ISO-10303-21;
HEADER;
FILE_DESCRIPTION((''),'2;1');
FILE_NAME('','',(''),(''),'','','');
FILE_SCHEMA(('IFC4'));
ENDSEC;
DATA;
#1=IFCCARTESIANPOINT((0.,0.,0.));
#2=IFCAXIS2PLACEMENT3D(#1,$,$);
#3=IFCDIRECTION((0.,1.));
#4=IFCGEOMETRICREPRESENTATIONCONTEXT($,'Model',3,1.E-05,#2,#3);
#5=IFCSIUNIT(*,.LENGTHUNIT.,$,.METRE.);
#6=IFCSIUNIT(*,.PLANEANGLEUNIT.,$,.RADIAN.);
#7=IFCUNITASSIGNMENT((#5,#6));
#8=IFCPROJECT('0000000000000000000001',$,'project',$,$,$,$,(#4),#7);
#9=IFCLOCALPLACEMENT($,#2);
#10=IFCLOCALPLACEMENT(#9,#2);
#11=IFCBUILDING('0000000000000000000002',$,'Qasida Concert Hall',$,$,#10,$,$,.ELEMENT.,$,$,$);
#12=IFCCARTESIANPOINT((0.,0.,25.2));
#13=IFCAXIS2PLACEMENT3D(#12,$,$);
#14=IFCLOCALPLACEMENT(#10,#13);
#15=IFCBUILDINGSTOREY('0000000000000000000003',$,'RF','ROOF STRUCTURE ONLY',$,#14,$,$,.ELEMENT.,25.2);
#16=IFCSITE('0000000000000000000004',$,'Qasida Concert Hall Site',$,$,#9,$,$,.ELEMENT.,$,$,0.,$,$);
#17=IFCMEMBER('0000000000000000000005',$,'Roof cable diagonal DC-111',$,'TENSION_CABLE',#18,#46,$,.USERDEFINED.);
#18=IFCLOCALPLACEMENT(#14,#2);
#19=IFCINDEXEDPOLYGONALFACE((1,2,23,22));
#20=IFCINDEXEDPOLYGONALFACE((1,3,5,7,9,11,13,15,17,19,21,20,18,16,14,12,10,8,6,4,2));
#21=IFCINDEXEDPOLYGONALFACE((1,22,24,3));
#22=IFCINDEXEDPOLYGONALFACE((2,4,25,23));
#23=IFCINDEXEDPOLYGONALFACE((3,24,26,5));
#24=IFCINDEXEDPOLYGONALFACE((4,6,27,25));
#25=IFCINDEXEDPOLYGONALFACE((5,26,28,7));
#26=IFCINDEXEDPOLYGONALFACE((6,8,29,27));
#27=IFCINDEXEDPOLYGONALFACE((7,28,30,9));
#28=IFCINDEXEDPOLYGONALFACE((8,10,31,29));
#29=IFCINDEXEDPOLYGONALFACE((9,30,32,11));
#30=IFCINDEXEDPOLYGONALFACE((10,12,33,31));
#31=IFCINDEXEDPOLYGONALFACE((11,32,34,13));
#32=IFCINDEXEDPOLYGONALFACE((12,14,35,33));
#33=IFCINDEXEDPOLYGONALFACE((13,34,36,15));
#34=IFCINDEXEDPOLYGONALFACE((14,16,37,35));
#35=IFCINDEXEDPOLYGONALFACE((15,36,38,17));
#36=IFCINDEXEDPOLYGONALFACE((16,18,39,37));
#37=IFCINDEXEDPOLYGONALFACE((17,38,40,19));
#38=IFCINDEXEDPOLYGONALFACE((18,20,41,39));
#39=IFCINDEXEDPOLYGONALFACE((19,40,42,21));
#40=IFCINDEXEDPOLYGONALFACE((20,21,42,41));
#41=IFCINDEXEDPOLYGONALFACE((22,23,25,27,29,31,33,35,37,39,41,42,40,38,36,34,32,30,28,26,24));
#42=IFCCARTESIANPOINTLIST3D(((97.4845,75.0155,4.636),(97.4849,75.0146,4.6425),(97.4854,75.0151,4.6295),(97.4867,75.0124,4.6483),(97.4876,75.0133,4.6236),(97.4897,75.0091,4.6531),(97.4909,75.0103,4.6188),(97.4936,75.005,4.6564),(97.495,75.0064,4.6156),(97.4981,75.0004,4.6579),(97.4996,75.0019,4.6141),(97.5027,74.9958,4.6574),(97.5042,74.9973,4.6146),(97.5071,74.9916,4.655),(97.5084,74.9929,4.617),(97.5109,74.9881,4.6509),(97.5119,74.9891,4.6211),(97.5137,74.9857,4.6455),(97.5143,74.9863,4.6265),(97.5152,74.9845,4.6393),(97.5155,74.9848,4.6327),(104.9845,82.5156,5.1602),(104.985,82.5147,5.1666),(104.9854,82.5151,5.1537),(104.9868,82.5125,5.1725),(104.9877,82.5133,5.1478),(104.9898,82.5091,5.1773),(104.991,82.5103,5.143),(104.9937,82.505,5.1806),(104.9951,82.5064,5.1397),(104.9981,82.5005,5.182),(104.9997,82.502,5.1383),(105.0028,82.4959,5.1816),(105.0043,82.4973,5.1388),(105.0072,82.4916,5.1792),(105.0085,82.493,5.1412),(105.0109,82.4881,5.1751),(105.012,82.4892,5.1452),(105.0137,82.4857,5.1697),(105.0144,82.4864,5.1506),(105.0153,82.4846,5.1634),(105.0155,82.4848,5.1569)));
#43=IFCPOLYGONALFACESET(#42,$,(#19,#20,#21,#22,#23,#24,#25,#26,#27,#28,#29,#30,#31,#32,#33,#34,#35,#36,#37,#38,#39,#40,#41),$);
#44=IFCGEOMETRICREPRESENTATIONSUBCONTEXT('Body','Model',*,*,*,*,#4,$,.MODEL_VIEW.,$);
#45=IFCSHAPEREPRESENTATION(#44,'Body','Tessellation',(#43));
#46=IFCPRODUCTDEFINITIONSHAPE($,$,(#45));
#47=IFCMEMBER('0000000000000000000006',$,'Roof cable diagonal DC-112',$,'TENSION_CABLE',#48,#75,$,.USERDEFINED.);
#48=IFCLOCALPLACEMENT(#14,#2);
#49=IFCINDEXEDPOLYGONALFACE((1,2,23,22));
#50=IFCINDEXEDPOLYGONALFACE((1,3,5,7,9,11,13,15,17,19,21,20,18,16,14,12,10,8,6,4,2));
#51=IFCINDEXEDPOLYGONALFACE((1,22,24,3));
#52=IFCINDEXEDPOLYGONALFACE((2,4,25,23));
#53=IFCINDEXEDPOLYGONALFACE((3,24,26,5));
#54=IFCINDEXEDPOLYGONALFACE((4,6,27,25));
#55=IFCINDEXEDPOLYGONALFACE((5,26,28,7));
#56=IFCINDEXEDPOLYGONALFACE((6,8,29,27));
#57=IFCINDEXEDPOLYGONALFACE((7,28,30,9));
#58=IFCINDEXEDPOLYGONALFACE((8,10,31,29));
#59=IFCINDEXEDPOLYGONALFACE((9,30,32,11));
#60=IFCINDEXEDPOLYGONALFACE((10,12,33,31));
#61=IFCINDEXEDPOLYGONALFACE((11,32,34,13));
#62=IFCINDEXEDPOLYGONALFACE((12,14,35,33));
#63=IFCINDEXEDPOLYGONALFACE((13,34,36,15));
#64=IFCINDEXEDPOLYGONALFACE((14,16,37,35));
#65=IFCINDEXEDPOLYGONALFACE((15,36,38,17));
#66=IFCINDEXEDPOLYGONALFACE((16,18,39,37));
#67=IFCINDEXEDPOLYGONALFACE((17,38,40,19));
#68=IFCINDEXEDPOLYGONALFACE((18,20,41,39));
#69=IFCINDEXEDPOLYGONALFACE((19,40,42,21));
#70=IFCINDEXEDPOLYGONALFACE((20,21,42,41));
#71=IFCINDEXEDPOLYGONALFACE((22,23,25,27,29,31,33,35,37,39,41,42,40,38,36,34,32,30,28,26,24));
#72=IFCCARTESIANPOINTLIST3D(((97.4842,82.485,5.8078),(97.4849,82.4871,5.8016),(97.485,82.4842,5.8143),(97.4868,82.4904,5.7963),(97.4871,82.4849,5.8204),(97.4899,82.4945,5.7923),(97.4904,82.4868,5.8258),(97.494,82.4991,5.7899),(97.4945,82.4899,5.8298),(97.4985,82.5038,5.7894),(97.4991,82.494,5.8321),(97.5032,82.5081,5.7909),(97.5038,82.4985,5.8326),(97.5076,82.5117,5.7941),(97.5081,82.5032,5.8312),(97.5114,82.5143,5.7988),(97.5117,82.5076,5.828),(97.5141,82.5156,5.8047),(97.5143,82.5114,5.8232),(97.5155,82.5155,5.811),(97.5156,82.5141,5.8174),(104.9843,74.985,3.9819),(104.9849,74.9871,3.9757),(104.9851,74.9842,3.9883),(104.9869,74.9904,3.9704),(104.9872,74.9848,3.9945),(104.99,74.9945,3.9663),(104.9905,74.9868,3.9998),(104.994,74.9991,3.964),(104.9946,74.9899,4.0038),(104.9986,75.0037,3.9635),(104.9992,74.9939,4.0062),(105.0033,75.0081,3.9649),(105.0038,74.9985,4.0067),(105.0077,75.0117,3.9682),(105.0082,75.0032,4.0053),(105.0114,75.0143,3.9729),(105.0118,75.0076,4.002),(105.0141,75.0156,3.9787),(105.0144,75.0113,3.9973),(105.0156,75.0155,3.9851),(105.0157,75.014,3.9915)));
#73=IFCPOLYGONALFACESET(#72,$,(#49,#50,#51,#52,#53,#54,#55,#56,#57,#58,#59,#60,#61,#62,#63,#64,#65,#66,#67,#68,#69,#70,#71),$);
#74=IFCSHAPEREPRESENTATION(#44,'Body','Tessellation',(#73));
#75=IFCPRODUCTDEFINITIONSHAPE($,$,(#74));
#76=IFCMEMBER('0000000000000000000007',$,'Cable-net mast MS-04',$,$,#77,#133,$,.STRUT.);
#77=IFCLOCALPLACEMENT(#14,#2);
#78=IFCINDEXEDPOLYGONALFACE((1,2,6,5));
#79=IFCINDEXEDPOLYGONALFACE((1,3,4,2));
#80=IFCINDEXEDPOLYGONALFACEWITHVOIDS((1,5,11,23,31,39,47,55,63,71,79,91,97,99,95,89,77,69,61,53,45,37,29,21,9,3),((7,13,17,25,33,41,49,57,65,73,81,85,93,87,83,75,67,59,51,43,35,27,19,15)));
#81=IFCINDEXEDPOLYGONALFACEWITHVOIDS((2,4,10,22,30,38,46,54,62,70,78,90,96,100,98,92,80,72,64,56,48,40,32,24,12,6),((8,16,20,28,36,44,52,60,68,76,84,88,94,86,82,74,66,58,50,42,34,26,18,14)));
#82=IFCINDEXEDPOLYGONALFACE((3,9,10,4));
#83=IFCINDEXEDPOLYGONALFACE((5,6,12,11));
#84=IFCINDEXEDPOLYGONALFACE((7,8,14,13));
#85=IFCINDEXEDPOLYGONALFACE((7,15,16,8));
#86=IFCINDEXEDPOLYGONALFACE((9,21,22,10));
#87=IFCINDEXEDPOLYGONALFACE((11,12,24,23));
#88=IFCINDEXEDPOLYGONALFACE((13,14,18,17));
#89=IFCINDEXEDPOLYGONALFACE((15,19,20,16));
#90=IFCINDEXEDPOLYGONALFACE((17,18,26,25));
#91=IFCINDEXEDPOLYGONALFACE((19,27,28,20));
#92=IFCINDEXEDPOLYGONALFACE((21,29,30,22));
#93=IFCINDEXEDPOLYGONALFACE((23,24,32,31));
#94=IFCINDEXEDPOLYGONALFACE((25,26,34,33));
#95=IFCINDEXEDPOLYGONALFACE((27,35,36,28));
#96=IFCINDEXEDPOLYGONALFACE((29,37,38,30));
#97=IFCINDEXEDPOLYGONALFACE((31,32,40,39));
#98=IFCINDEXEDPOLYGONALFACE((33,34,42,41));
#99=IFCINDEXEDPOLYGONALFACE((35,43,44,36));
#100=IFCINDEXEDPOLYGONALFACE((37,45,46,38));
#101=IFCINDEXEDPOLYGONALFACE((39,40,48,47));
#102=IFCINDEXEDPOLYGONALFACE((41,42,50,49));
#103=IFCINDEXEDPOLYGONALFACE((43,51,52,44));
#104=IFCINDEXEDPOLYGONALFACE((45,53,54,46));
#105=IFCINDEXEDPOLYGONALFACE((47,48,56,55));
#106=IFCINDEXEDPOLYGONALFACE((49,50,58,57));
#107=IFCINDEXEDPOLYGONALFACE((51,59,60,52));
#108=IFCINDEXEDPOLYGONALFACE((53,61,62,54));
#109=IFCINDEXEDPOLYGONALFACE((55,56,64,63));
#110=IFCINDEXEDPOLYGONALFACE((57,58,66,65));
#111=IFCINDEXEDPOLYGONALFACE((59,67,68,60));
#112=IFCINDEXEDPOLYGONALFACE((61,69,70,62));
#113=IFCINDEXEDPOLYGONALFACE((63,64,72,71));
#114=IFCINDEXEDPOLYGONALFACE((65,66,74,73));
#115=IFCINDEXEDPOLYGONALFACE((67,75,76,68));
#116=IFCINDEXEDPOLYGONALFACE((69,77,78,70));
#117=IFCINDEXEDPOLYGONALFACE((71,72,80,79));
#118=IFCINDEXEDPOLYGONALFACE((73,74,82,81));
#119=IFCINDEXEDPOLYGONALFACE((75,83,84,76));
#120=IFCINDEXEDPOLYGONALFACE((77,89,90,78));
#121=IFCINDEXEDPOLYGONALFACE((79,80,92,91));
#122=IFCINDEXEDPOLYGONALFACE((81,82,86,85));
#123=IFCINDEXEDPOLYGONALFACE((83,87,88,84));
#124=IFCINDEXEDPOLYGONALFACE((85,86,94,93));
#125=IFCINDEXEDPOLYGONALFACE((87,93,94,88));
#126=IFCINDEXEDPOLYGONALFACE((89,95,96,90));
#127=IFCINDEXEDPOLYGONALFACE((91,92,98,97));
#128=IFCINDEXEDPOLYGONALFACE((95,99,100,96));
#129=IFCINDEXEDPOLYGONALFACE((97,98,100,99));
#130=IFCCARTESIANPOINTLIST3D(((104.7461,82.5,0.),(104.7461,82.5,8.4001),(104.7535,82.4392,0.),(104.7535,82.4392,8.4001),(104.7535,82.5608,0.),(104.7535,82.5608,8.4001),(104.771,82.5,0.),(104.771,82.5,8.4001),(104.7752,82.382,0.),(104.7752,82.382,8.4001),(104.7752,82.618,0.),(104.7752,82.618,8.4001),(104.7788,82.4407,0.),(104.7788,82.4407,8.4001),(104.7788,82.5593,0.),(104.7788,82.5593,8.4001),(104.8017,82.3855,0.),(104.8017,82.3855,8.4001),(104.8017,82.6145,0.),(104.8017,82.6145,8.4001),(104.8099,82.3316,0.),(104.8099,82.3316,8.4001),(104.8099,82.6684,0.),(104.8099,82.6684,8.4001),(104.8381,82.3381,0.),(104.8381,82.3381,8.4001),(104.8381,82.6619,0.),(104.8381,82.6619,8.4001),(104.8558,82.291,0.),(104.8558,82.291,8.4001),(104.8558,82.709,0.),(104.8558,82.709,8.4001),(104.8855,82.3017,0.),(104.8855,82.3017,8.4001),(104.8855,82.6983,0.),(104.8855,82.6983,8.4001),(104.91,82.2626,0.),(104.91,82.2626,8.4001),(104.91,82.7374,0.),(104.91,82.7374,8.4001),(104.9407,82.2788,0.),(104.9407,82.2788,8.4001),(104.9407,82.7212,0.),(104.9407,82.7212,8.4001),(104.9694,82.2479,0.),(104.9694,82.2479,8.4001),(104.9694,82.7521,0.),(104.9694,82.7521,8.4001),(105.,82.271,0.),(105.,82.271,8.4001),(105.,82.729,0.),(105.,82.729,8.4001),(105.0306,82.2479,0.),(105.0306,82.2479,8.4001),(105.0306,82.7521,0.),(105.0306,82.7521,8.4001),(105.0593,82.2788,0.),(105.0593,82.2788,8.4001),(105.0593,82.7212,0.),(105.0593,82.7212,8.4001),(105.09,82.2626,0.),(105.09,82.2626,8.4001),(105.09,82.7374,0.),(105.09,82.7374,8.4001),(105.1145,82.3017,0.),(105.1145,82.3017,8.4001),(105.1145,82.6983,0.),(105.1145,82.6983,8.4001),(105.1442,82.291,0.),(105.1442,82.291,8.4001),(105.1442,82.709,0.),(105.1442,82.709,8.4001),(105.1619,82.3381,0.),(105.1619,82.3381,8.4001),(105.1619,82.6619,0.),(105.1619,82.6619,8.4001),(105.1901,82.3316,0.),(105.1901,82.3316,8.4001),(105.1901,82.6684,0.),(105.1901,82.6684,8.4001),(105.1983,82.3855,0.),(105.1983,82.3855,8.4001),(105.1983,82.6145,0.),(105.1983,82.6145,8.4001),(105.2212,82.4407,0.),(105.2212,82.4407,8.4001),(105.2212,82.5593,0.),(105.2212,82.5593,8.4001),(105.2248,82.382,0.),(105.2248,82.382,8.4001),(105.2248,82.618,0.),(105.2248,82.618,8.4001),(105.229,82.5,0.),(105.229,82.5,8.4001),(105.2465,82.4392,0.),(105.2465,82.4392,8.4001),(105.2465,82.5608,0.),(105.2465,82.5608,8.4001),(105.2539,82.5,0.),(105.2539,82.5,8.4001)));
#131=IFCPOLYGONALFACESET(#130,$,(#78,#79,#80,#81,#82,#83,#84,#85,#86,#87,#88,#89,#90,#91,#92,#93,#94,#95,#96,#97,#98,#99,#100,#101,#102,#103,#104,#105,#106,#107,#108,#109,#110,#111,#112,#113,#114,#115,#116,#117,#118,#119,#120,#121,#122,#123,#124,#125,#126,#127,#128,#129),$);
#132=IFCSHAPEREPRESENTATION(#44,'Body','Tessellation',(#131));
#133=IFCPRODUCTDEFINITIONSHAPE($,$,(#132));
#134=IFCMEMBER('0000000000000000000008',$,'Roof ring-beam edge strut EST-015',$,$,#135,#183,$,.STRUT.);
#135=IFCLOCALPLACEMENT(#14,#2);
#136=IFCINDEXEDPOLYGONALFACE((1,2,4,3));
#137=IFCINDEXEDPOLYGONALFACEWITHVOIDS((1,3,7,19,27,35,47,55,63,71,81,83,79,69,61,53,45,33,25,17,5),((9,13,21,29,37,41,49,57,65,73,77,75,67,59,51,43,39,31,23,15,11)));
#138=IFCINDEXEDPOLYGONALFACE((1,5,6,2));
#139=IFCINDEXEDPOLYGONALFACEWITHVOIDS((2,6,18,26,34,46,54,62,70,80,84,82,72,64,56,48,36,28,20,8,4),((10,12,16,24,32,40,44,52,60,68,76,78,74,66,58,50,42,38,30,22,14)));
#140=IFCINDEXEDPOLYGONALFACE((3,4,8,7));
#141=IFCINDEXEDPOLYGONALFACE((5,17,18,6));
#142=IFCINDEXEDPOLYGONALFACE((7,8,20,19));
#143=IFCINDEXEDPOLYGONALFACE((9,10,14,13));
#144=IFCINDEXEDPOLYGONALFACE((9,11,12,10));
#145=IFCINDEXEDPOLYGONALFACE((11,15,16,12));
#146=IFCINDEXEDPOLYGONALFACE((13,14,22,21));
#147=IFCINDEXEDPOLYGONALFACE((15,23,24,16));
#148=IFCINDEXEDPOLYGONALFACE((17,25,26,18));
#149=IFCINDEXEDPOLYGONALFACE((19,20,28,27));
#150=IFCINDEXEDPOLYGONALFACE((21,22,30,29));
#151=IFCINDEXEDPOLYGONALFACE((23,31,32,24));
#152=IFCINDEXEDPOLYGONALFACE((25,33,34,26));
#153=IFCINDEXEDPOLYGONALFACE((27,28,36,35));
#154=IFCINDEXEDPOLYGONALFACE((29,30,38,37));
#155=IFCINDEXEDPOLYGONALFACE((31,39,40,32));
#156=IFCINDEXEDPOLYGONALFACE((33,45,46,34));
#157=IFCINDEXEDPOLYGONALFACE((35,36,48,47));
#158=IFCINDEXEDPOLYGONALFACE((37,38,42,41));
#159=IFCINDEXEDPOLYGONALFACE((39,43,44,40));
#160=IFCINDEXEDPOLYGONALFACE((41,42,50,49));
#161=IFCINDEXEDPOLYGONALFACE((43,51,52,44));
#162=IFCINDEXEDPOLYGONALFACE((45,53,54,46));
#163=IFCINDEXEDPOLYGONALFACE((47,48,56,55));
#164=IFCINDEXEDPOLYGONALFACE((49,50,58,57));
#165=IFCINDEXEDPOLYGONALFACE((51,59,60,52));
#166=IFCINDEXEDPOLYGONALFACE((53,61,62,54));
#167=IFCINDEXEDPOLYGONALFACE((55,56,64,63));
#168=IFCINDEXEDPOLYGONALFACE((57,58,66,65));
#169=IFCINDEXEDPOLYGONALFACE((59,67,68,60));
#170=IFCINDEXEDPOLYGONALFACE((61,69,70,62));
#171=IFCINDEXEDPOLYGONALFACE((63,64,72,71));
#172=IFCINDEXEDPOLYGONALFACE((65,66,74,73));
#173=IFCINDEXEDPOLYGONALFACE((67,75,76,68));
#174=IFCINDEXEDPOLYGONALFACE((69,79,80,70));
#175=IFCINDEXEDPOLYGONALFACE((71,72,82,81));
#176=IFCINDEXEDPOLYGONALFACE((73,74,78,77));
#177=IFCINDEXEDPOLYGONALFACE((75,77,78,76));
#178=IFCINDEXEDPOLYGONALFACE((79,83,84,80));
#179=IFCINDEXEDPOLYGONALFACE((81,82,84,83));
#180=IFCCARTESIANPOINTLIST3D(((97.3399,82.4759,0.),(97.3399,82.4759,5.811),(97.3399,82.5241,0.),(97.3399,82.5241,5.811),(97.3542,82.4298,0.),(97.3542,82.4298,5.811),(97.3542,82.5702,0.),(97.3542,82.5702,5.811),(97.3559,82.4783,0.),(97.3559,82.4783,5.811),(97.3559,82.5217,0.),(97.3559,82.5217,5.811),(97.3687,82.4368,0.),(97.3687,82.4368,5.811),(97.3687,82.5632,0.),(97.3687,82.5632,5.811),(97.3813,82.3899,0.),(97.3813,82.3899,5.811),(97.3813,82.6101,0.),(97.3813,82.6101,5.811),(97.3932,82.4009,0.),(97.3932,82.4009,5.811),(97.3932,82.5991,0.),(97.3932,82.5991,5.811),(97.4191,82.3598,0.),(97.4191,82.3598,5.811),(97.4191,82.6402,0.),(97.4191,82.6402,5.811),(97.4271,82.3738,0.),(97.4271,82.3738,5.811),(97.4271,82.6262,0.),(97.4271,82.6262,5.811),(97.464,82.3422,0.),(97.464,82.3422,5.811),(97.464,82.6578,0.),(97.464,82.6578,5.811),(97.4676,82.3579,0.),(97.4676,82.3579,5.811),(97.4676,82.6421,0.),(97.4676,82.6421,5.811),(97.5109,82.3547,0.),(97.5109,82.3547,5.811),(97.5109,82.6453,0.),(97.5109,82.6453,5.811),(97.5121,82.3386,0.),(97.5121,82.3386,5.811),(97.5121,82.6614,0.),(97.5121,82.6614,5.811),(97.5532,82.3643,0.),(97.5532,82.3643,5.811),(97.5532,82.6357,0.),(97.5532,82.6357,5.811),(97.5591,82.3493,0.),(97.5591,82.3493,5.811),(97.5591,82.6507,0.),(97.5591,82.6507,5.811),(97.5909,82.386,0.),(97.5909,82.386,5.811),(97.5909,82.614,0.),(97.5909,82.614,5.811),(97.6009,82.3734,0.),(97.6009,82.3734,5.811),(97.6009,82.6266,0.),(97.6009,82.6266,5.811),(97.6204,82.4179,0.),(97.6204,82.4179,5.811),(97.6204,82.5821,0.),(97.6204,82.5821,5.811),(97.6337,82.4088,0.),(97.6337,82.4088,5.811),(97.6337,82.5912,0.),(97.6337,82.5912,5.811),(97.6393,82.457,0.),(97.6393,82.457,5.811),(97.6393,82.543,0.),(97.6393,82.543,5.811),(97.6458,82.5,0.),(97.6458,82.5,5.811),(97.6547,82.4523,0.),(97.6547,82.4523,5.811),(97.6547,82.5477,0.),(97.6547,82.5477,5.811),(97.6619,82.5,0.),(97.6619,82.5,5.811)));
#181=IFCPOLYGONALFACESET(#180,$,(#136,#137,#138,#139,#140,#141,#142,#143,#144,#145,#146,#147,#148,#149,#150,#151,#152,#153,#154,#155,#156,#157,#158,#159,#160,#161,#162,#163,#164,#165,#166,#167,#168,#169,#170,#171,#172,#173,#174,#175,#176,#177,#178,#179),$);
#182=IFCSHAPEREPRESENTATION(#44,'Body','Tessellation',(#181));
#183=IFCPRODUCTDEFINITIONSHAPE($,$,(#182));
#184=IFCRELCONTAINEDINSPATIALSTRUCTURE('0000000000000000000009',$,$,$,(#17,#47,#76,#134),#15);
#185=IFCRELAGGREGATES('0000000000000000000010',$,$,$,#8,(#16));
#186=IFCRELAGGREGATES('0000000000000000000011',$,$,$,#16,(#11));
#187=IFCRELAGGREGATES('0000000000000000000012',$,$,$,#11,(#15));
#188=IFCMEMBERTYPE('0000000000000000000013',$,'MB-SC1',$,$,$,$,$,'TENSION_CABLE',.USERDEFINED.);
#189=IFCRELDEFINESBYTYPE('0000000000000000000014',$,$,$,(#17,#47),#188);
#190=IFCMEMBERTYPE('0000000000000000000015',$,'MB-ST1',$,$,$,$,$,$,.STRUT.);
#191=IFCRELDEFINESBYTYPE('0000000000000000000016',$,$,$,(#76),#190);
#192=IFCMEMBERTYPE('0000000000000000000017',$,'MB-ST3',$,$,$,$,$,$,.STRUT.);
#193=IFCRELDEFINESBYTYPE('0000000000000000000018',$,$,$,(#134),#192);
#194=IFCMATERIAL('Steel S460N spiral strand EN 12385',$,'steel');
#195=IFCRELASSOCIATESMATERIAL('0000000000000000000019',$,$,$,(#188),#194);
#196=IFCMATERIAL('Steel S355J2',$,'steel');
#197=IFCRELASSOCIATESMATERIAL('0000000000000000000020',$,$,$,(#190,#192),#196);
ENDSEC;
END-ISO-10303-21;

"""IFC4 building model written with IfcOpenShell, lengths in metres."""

from ifc_helpers import new_model, si_unit, direction, frame, origin, origin_2d, place, context, subcontext, project, spatial, circle, hollow_circle, extrude, material, material_profile, profile_set, type_object, element, save


model = new_model("IFC4")

# Units and contexts
model_context = context("Model", 3, precision=1e-05, world=origin(), true_north=direction((0.0, 1.0)))
body_context = subcontext(model_context, "Body", "Model", "MODEL_VIEW")
ifc_project = project(units=[si_unit("LENGTHUNIT", "METRE"), si_unit("PLANEANGLEUNIT", "RADIAN")], contexts=[model_context])

# Site, building, storey
site_placement = place(None, origin())
site = spatial("IfcSite", under=ifc_project, at=site_placement, Name="Qasida Concert Hall Site", CompositionType="ELEMENT", RefElevation=0.0)
building_placement = place(site_placement, origin())
building = spatial("IfcBuilding", under=site, at=building_placement, Name="Qasida Concert Hall", CompositionType="ELEMENT")
storey_placement = place(building_placement, frame((0.0, 0.0, 25.2)))
storey = spatial("IfcBuildingStorey", under=building, at=storey_placement, Name="RF", Description="ROOF STRUCTURE ONLY", CompositionType="ELEMENT", Elevation=25.2)

# Members
ifc_material_1 = material(Name="Steel S460N spiral strand EN 12385", Category="steel")
ifc_material_profile_1 = material_profile(ifc_material_1, circle(Radius=0.022, at=origin_2d()), Name="STRAND D44")
ifc_profile_set_1 = profile_set([ifc_material_profile_1], Name="Steel S460N spiral strand EN 12385")
member_type_1 = type_object("IfcMemberType", Name="MB-SC1", ElementType="TENSION_CABLE", PredefinedType="USERDEFINED", material=ifc_profile_set_1)
member_1_placement = place(storey_placement, frame((97.5, 75.0, 4.636), z_axis=(0.706245, 0.706245, 0.049359), x_axis=(-0.707107, 0.707107, 0.0)))
element("IfcMember", 1, at=member_1_placement, inside=storey, type_object=member_type_1, Name="Roof cable diagonal DC-111", ObjectType="TENSION_CABLE", PredefinedType="USERDEFINED", context=body_context, shape_type="SweptSolid", body=[
    extrude(circle(Radius=0.022, at=origin_2d()), origin(), (0.0, 0.0, 1.0), 10.6196),
])
member_2_placement = place(storey_placement, frame((97.5, 82.5, 5.811), z_axis=(0.696856, -0.696856, -0.169655), x_axis=(0.707107, 0.707107, 0.0)))
element("IfcMember", 2, at=member_2_placement, inside=storey, type_object=member_type_1, Name="Roof cable diagonal DC-112", ObjectType="TENSION_CABLE", PredefinedType="USERDEFINED", context=body_context, shape_type="SweptSolid", body=[
    extrude(circle(Radius=0.022, at=origin_2d()), origin(), (0.0, 0.0, 1.0), 10.7627),
])
ifc_material_2 = material(Name="Steel S355J2", Category="steel")
ifc_material_profile_2 = material_profile(ifc_material_2, hollow_circle(Radius=0.2539, WallThickness=0.0249, at=origin_2d()), Name="CHS 508x25")
ifc_profile_set_2 = profile_set([ifc_material_profile_2], Name="Steel S355J2")
member_type_2 = type_object("IfcMemberType", Name="MB-ST1", PredefinedType="STRUT", material=ifc_profile_set_2)
member_3_placement = place(storey_placement, frame((105.0, 82.5, 0.0), z_axis=(0.0, 0.0, 1.0), x_axis=(1.0, 0.0, 0.0)))
element("IfcMember", 3, at=member_3_placement, inside=storey, type_object=member_type_2, Name="Cable-net mast MS-04", PredefinedType="STRUT", context=body_context, shape_type="SweptSolid", body=[
    extrude(hollow_circle(Radius=0.2539, WallThickness=0.0249, at=origin_2d()), origin(), (0.0, 0.0, 1.0), 8.4001),
])
ifc_material_profile_3 = material_profile(ifc_material_2, hollow_circle(Radius=0.1619, WallThickness=0.0161, at=origin_2d()), Name="CHS 323.9x16")
ifc_profile_set_3 = profile_set([ifc_material_profile_3], Name="Steel S355J2")
member_type_3 = type_object("IfcMemberType", Name="MB-ST3", PredefinedType="STRUT", material=ifc_profile_set_3)
member_4_placement = place(storey_placement, frame((97.5, 82.5, 0.0), z_axis=(0.0, 0.0, 1.0), x_axis=(1.0, 0.0, 0.0)))
element("IfcMember", 4, at=member_4_placement, inside=storey, type_object=member_type_3, Name="Roof ring-beam edge strut EST-015", PredefinedType="STRUT", context=body_context, shape_type="SweptSolid", body=[
    extrude(hollow_circle(Radius=0.1619, WallThickness=0.0161, at=origin_2d()), origin(), (0.0, 0.0, 1.0), 5.811),
])

save(model, "model.ifc")
